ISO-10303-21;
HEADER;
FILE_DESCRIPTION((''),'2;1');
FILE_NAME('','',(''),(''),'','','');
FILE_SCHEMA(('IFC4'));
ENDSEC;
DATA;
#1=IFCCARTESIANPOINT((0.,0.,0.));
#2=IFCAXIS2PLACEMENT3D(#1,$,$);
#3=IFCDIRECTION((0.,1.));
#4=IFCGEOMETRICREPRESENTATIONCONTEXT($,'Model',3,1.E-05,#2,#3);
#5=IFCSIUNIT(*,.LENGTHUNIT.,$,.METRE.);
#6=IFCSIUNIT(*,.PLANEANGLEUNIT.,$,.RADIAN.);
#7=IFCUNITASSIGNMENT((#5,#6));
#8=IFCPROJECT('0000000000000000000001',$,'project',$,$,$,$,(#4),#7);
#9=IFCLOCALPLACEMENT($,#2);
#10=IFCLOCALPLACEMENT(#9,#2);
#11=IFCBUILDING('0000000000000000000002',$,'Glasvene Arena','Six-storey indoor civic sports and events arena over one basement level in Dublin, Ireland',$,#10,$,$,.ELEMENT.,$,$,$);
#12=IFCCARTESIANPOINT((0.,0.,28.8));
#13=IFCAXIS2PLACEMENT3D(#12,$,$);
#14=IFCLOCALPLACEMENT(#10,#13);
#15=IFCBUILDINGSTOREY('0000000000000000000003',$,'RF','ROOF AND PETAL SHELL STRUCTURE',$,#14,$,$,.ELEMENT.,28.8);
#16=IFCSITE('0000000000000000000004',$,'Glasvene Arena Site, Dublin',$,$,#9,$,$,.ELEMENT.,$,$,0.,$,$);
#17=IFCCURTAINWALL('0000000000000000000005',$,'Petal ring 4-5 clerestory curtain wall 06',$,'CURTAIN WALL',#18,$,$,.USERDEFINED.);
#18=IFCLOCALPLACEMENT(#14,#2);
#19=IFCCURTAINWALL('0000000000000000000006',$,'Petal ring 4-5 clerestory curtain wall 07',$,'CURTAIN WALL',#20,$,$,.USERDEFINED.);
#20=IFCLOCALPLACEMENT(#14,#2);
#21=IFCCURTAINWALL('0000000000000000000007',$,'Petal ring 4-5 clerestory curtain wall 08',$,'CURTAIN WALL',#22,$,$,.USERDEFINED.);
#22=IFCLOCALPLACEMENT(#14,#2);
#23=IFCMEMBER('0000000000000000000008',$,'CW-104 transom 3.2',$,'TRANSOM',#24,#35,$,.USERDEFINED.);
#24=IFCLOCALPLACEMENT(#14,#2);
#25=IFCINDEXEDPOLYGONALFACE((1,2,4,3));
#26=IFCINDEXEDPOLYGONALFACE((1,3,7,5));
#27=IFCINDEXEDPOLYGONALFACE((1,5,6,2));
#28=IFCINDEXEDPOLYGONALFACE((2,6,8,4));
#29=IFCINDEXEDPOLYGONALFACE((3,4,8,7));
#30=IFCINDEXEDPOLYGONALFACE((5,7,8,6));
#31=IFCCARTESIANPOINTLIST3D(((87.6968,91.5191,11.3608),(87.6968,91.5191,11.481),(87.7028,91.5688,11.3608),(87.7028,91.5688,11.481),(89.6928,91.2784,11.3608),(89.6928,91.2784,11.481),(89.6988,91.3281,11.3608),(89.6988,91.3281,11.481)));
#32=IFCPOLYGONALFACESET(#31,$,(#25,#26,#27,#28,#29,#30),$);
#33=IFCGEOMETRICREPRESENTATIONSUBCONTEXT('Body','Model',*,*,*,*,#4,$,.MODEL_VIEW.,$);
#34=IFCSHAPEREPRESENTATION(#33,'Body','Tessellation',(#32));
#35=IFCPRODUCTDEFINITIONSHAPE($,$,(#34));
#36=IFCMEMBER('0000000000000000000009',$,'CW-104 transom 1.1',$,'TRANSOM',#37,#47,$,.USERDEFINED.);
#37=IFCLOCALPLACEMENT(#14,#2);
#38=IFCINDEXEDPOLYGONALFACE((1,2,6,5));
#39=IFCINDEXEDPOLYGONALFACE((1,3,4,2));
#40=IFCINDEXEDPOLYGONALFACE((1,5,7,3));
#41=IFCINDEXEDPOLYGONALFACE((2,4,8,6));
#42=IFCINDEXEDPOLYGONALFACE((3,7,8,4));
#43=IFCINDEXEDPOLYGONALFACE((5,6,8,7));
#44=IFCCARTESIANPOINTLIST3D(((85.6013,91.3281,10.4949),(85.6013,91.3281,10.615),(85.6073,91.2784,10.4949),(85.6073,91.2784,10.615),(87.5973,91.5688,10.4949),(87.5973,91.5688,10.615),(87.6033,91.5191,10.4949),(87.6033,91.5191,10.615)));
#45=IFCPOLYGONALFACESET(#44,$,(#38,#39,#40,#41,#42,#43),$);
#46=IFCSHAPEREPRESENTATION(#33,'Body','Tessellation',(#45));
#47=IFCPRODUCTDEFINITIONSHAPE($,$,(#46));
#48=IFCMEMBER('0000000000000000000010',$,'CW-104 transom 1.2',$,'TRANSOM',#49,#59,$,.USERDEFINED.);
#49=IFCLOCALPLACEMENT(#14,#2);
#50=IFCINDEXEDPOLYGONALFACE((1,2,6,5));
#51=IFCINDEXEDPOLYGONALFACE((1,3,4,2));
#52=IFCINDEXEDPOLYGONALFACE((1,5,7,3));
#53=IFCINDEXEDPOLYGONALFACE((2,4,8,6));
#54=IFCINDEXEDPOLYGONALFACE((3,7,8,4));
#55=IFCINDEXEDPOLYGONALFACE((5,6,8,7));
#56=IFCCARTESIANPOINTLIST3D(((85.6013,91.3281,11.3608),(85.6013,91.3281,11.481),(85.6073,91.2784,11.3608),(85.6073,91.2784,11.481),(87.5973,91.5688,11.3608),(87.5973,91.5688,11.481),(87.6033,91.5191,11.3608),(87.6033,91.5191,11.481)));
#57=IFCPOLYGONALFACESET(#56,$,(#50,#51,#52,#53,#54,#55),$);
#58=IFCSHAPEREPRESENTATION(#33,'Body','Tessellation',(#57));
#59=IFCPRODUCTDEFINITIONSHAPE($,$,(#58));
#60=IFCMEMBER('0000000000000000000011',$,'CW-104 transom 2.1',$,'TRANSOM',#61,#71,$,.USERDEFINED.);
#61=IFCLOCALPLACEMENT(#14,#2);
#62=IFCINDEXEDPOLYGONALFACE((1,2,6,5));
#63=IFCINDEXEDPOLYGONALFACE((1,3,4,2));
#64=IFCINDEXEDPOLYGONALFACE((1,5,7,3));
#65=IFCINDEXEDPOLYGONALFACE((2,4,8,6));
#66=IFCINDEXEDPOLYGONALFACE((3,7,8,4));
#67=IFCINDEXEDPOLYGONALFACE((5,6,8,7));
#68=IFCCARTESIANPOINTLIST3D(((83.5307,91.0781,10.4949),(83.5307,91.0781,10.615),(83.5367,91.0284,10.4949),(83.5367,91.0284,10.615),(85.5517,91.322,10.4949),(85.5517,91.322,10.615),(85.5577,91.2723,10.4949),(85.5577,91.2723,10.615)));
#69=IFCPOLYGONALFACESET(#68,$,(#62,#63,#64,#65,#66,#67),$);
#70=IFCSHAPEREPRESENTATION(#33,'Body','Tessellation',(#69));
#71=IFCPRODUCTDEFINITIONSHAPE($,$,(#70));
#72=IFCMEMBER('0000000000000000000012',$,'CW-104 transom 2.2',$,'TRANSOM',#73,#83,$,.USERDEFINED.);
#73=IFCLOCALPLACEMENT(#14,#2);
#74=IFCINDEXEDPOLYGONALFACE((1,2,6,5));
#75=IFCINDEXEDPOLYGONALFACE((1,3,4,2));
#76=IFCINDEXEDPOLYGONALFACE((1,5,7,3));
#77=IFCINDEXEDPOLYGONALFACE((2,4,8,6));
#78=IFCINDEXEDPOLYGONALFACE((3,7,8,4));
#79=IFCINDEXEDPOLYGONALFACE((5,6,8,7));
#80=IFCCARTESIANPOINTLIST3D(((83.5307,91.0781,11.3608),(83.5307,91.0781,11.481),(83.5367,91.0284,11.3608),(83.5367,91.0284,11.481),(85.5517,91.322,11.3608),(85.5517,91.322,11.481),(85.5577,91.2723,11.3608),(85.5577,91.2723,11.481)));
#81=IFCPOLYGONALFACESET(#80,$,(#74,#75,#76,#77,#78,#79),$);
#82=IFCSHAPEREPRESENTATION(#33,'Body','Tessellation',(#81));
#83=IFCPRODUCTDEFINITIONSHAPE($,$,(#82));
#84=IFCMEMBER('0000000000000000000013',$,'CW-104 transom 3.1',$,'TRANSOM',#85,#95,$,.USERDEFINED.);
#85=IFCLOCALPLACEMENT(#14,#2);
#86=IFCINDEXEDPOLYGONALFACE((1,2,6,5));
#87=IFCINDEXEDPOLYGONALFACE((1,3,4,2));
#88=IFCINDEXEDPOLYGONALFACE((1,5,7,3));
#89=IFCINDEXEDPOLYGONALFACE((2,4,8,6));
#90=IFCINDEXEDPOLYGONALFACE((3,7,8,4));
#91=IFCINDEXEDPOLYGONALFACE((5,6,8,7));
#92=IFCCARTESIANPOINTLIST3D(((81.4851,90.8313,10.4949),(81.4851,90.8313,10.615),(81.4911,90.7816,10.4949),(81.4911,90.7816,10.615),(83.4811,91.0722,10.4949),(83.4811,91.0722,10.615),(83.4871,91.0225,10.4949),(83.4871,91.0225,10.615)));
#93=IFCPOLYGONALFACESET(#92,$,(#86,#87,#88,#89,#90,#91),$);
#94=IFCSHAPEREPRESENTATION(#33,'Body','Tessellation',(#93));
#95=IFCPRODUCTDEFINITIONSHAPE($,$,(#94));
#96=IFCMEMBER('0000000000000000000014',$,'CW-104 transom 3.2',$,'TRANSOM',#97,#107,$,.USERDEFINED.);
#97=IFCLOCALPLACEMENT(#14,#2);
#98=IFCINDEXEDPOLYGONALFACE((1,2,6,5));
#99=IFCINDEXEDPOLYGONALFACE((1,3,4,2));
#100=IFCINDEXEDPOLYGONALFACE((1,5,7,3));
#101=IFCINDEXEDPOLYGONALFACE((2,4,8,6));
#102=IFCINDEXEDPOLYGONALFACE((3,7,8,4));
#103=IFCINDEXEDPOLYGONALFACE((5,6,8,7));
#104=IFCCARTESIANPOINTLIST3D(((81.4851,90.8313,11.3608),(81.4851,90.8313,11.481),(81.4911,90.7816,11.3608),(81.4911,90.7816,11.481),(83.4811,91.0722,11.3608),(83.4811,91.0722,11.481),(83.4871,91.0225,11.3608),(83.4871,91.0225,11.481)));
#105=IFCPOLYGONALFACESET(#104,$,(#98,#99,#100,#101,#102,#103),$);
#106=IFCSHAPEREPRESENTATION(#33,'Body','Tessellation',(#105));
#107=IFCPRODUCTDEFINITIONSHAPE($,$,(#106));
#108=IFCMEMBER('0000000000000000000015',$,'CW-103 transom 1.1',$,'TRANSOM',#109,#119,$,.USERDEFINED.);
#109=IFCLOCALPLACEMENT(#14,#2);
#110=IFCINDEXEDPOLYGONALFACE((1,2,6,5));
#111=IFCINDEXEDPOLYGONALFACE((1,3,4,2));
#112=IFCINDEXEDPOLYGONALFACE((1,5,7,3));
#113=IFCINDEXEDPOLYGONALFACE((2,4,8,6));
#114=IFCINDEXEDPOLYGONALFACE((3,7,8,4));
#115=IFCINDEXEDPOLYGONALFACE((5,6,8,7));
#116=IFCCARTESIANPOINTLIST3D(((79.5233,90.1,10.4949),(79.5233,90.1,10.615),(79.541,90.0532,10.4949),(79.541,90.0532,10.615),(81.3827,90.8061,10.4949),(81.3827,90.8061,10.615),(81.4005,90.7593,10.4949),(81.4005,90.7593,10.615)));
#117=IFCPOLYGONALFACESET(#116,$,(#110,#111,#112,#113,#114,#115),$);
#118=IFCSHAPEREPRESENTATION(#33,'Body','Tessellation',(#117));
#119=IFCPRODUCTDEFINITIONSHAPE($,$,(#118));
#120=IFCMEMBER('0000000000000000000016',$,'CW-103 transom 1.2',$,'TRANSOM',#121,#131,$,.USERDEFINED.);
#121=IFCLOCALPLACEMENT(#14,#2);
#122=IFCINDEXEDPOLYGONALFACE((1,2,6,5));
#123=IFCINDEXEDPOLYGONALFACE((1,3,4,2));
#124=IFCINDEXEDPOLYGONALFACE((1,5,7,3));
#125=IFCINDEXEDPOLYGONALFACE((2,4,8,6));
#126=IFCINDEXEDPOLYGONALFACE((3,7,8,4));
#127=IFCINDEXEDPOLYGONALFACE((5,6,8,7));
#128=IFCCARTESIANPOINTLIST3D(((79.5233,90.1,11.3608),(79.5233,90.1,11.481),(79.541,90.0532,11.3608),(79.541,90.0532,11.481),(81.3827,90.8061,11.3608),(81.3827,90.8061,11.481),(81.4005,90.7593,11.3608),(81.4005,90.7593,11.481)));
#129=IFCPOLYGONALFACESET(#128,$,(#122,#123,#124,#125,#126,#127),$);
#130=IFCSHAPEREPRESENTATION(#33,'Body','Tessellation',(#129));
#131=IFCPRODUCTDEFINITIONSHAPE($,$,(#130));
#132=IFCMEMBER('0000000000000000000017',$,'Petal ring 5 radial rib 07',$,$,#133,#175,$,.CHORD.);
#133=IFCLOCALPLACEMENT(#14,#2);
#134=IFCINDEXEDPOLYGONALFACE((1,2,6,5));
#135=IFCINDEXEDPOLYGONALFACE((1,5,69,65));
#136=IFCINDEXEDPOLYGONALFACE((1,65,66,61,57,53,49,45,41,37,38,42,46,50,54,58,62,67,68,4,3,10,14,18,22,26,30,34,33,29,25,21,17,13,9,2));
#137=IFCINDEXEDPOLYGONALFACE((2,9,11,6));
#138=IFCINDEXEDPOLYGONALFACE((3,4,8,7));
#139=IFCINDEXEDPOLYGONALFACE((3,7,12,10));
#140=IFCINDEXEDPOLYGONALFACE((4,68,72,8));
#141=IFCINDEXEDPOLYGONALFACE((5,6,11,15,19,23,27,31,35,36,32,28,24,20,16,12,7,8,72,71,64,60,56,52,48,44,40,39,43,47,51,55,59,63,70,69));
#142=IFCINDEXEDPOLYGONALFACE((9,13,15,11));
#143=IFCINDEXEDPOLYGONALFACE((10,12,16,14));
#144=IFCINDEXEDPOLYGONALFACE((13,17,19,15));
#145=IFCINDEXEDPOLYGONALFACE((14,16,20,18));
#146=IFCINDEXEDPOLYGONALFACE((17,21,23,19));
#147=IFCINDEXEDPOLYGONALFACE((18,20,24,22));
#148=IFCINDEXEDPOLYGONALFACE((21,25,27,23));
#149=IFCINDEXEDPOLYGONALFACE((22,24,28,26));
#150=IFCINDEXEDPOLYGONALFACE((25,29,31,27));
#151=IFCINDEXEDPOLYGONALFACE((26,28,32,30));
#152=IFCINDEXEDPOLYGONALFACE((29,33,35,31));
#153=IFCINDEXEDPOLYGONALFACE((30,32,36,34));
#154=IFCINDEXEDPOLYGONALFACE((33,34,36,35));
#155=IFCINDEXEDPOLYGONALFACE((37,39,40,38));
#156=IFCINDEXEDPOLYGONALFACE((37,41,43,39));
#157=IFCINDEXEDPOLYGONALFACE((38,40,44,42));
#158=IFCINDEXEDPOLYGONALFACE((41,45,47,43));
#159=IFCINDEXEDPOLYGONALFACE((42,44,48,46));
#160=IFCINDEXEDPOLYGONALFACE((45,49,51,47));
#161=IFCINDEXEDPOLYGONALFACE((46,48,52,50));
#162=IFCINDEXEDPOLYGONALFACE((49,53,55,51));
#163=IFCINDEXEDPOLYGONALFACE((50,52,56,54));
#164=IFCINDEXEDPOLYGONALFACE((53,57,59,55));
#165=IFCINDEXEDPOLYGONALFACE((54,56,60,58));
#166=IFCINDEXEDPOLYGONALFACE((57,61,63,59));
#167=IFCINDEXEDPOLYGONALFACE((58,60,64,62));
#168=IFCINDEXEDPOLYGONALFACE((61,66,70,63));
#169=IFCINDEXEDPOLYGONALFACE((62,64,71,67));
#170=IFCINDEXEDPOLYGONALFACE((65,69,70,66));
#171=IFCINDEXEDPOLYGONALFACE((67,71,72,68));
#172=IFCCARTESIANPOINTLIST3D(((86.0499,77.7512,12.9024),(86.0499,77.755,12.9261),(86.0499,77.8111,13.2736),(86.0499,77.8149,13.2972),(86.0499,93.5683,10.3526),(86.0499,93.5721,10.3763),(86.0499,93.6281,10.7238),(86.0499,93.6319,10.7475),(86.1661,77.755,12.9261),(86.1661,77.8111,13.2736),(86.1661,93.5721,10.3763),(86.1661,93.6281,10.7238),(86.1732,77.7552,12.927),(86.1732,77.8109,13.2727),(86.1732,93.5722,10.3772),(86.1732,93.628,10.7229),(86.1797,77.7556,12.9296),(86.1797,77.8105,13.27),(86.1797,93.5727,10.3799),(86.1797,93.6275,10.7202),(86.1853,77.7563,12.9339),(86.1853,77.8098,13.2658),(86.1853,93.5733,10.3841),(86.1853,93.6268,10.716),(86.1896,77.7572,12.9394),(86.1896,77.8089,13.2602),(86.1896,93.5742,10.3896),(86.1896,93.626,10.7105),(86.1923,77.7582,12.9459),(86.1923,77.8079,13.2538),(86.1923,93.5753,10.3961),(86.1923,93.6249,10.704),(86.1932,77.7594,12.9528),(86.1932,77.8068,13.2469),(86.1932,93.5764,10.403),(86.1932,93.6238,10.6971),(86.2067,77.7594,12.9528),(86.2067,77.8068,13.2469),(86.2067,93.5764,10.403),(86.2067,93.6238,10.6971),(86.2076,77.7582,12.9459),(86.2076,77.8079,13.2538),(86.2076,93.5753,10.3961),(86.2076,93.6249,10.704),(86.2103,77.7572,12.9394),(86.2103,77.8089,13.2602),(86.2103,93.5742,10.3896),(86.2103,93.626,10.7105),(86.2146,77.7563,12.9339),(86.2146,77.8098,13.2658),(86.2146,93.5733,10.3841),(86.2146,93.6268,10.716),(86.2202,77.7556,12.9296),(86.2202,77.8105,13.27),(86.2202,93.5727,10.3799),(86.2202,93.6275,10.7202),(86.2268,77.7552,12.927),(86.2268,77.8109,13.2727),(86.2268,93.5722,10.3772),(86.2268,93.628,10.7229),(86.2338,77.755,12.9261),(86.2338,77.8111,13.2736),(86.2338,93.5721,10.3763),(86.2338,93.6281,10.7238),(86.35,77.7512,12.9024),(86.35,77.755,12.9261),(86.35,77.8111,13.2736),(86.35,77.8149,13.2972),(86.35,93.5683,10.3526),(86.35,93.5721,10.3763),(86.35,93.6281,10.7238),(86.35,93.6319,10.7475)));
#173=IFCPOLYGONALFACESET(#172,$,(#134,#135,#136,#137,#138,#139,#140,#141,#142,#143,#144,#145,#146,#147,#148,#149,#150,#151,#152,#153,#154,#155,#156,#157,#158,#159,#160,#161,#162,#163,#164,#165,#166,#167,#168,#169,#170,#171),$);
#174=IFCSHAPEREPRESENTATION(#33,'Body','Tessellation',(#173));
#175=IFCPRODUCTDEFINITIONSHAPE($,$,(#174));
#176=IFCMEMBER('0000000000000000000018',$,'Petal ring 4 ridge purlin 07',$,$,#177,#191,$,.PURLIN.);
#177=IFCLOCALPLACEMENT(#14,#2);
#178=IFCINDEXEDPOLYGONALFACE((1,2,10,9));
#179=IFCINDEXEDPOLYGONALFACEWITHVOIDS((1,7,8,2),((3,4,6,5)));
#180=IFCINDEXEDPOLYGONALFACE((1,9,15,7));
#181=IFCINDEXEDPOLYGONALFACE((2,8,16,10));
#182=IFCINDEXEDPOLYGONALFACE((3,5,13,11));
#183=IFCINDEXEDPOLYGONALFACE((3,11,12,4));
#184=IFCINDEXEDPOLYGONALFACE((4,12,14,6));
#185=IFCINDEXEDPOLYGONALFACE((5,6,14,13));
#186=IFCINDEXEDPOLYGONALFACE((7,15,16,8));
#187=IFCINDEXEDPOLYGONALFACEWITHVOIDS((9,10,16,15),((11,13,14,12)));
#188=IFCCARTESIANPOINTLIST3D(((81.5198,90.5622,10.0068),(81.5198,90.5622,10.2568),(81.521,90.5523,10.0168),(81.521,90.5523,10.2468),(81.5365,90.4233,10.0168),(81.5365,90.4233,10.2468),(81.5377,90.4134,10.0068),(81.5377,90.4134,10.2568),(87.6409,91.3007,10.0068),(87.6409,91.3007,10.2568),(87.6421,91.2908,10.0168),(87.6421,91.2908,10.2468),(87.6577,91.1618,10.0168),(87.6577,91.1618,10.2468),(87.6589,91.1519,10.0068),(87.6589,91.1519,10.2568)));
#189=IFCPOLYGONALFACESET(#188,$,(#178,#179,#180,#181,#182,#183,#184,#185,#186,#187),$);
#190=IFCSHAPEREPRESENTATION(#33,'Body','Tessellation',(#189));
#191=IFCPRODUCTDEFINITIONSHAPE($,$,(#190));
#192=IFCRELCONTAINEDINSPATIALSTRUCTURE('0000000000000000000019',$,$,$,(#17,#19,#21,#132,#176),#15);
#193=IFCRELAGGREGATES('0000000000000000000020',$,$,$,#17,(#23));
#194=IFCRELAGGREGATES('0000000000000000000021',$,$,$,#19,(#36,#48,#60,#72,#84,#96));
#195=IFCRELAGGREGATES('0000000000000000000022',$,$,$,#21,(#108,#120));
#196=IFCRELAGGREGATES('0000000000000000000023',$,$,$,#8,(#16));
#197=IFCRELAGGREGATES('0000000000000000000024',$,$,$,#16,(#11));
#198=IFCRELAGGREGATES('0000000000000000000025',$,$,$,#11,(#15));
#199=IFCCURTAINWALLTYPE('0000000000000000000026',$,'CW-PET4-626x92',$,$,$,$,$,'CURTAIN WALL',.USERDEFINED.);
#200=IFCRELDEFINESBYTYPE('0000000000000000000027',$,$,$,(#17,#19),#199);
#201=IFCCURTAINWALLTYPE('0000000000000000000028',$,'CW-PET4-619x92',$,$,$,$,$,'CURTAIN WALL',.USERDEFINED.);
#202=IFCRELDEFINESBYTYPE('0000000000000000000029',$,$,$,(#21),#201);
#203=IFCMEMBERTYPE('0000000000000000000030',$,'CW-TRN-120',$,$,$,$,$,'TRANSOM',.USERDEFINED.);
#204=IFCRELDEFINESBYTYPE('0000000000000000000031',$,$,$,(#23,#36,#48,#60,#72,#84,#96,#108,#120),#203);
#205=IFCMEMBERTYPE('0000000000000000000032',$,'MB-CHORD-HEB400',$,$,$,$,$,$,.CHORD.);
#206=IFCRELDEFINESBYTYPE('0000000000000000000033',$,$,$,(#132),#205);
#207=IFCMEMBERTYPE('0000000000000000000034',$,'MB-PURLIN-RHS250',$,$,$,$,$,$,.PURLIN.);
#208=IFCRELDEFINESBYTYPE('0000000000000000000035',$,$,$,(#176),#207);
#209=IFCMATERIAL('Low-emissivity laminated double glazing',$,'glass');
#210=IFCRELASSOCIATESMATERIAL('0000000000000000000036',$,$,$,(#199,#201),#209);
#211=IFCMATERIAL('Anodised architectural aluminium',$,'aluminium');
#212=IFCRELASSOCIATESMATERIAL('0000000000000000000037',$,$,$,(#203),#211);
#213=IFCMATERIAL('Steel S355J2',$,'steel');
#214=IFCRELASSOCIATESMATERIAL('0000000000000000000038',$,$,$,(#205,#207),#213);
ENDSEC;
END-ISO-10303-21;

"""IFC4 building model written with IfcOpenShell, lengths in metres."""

from ifc_helpers import new_model, si_unit, direction, frame, origin, origin_2d, place, context, subcontext, project, spatial, rectangle, hollow_rectangle, i_section, extrude, material, material_profile, profile_set, type_object, element, aggregate, save


model = new_model("IFC4")

# Units and contexts
model_context = context("Model", 3, precision=1e-05, world=origin(), true_north=direction((0.0, 1.0)))
body_context = subcontext(model_context, "Body", "Model", "MODEL_VIEW")
ifc_project = project(units=[si_unit("LENGTHUNIT", "METRE"), si_unit("PLANEANGLEUNIT", "RADIAN")], contexts=[model_context])

# Site, building, storey
site_placement = place(None, origin())
site = spatial("IfcSite", under=ifc_project, at=site_placement, Name="Glasvene Arena Site, Dublin", CompositionType="ELEMENT", RefElevation=0.0)
building_placement = place(site_placement, origin())
building = spatial("IfcBuilding", under=site, at=building_placement, Name="Glasvene Arena", Description="Six-storey indoor civic sports and events arena over one basement level in Dublin, Ireland", CompositionType="ELEMENT")
storey_placement = place(building_placement, frame((0.0, 0.0, 28.8)))
storey = spatial("IfcBuildingStorey", under=building, at=storey_placement, Name="RF", Description="ROOF AND PETAL SHELL STRUCTURE", CompositionType="ELEMENT", Elevation=28.8)

# Curtain walls
ifc_material_1 = material(Name="Low-emissivity laminated double glazing", Category="glass")
curtain_wall_type_1 = type_object("IfcCurtainWallType", Name="CW-PET4-626x92", ElementType="CURTAIN WALL", PredefinedType="USERDEFINED", material=ifc_material_1)
curtain_wall_1_placement = place(storey_placement, frame((93.8618, 90.8003, 0.0)))
curtain_wall_1 = element("IfcCurtainWall", 1, at=curtain_wall_1_placement, inside=storey, type_object=curtain_wall_type_1, Name="Petal ring 4-5 clerestory curtain wall 06", ObjectType="CURTAIN WALL", PredefinedType="USERDEFINED")
ifc_material_2 = material(Name="Anodised architectural aluminium", Category="aluminium")
curtain_wall_2_placement = place(storey_placement, frame((87.6499, 91.55, 0.0)))
curtain_wall_2 = element("IfcCurtainWall", 2, at=curtain_wall_2_placement, inside=storey, type_object=curtain_wall_type_1, Name="Petal ring 4-5 clerestory curtain wall 07", ObjectType="CURTAIN WALL", PredefinedType="USERDEFINED")

# Curtain wall
curtain_wall_type_2 = type_object("IfcCurtainWallType", Name="CW-PET4-619x92", ElementType="CURTAIN WALL", PredefinedType="USERDEFINED", material=ifc_material_1)
curtain_wall_3_placement = place(storey_placement, frame((81.4382, 90.8003, 0.0)))
curtain_wall_3 = element("IfcCurtainWall", 3, at=curtain_wall_3_placement, inside=storey, type_object=curtain_wall_type_2, Name="Petal ring 4-5 clerestory curtain wall 08", ObjectType="CURTAIN WALL", PredefinedType="USERDEFINED")
ifc_material_profile_1 = material_profile(ifc_material_2, rectangle(XDim=0.05, YDim=0.1201, at=origin_2d()), Name="ALU TRANSOM 50x120")
ifc_profile_set_1 = profile_set([ifc_material_profile_1], Name="Anodised architectural aluminium")
member_type_1 = type_object("IfcMemberType", Name="CW-TRN-120", ElementType="TRANSOM", PredefinedType="USERDEFINED", material=ifc_profile_set_1)

# Members
member_1_placement = place(storey_placement, frame((89.6958, 91.3032, 11.4209), z_axis=(-0.992807, 0.119729, 0.0), x_axis=(-0.119729, -0.992807, 0.0)))
member_1 = element("IfcMember", 4, at=member_1_placement, type_object=member_type_1, Name="CW-104 transom 3.2", ObjectType="TRANSOM", PredefinedType="USERDEFINED", context=body_context, shape_type="SweptSolid", body=[
    extrude(rectangle(XDim=0.05, YDim=0.1201, at=origin_2d()), origin(), (0.0, 0.0, 1.0), 2.0105),
])
member_2_placement = place(storey_placement, frame((87.6003, 91.5439, 10.5549), z_axis=(-0.992807, -0.119729, 0.0), x_axis=(0.119729, -0.992807, 0.0)))
member_2 = element("IfcMember", 5, at=member_2_placement, type_object=member_type_1, Name="CW-104 transom 1.1", ObjectType="TRANSOM", PredefinedType="USERDEFINED", context=body_context, shape_type="SweptSolid", body=[
    extrude(rectangle(XDim=0.05, YDim=0.1201, at=origin_2d()), origin(), (0.0, 0.0, 1.0), 2.0105),
])
member_3_placement = place(storey_placement, frame((87.6003, 91.5439, 11.4209), z_axis=(-0.992807, -0.119729, 0.0), x_axis=(0.119729, -0.992807, 0.0)))
member_3 = element("IfcMember", 6, at=member_3_placement, type_object=member_type_1, Name="CW-104 transom 1.2", ObjectType="TRANSOM", PredefinedType="USERDEFINED", context=body_context, shape_type="SweptSolid", body=[
    extrude(rectangle(XDim=0.05, YDim=0.1201, at=origin_2d()), origin(), (0.0, 0.0, 1.0), 2.0105),
])
member_4_placement = place(storey_placement, frame((85.5547, 91.2971, 10.5549), z_axis=(-0.992797, -0.119812, 0.0), x_axis=(0.119812, -0.992797, 0.0)))
member_4 = element("IfcMember", 7, at=member_4_placement, type_object=member_type_1, Name="CW-104 transom 2.1", ObjectType="TRANSOM", PredefinedType="USERDEFINED", context=body_context, shape_type="SweptSolid", body=[
    extrude(rectangle(XDim=0.05, YDim=0.1201, at=origin_2d()), origin(), (0.0, 0.0, 1.0), 2.0356),
])
member_5_placement = place(storey_placement, frame((85.5547, 91.2971, 11.4209), z_axis=(-0.992797, -0.119812, 0.0), x_axis=(0.119812, -0.992797, 0.0)))
member_5 = element("IfcMember", 8, at=member_5_placement, type_object=member_type_1, Name="CW-104 transom 2.2", ObjectType="TRANSOM", PredefinedType="USERDEFINED", context=body_context, shape_type="SweptSolid", body=[
    extrude(rectangle(XDim=0.05, YDim=0.1201, at=origin_2d()), origin(), (0.0, 0.0, 1.0), 2.0356),
])
member_6_placement = place(storey_placement, frame((83.4841, 91.0474, 10.5549), z_axis=(-0.992792, -0.119849, 0.0), x_axis=(0.119849, -0.992792, 0.0)))
member_6 = element("IfcMember", 9, at=member_6_placement, type_object=member_type_1, Name="CW-104 transom 3.1", ObjectType="TRANSOM", PredefinedType="USERDEFINED", context=body_context, shape_type="SweptSolid", body=[
    extrude(rectangle(XDim=0.05, YDim=0.1201, at=origin_2d()), origin(), (0.0, 0.0, 1.0), 2.0105),
])
member_7_placement = place(storey_placement, frame((83.4841, 91.0474, 11.4209), z_axis=(-0.992792, -0.119849, 0.0), x_axis=(0.119849, -0.992792, 0.0)))
member_7 = element("IfcMember", 10, at=member_7_placement, type_object=member_type_1, Name="CW-104 transom 3.2", ObjectType="TRANSOM", PredefinedType="USERDEFINED", context=body_context, shape_type="SweptSolid", body=[
    extrude(rectangle(XDim=0.05, YDim=0.1201, at=origin_2d()), origin(), (0.0, 0.0, 1.0), 2.0105),
])
member_8_placement = place(storey_placement, frame((81.3916, 90.7827, 10.5549), z_axis=(-0.934868, -0.354995, 0.0), x_axis=(0.354995, -0.934868, 0.0)))
member_8 = element("IfcMember", 11, at=member_8_placement, type_object=member_type_1, Name="CW-103 transom 1.1", ObjectType="TRANSOM", PredefinedType="USERDEFINED", context=body_context, shape_type="SweptSolid", body=[
    extrude(rectangle(XDim=0.05, YDim=0.1201, at=origin_2d()), origin(), (0.0, 0.0, 1.0), 1.989),
])
member_9_placement = place(storey_placement, frame((81.3916, 90.7827, 11.4209), z_axis=(-0.934868, -0.354995, 0.0), x_axis=(0.354995, -0.934868, 0.0)))
member_9 = element("IfcMember", 12, at=member_9_placement, type_object=member_type_1, Name="CW-103 transom 1.2", ObjectType="TRANSOM", PredefinedType="USERDEFINED", context=body_context, shape_type="SweptSolid", body=[
    extrude(rectangle(XDim=0.05, YDim=0.1201, at=origin_2d()), origin(), (0.0, 0.0, 1.0), 1.989),
])

# Members
ifc_material_3 = material(Name="Steel S355J2", Category="steel")
ifc_material_profile_2 = material_profile(ifc_material_3, i_section(OverallWidth=0.3, OverallDepth=0.3999, WebThickness=0.0134, FlangeThickness=0.0239, FilletRadius=0.0271, at=origin_2d()), Name="HEB 400")
ifc_profile_set_2 = profile_set([ifc_material_profile_2], Name="Steel S355J2")
member_type_2 = type_object("IfcMemberType", Name="MB-CHORD-HEB400", PredefinedType="CHORD", material=ifc_profile_set_2)
member_10_placement = place(storey_placement, frame((86.2, 93.6001, 10.55), z_axis=(0.0, -0.987254, 0.159151), x_axis=(1.0, 0.0, 0.0)))
element("IfcMember", 13, at=member_10_placement, inside=storey, type_object=member_type_2, Name="Petal ring 5 radial rib 07", PredefinedType="CHORD", context=body_context, shape_type="SweptSolid", body=[
    extrude(i_section(OverallWidth=0.3, OverallDepth=0.3999, WebThickness=0.0134, FlangeThickness=0.0239, FilletRadius=0.0271, at=origin_2d()), origin(), (0.0, 0.0, 1.0), 16.0212),
])
ifc_material_profile_3 = material_profile(ifc_material_3, hollow_rectangle(XDim=0.1499, YDim=0.25, WallThickness=0.01, at=origin_2d()), Name="RHS 250x150x10.0")
ifc_profile_set_3 = profile_set([ifc_material_profile_3], Name="Steel S355J2")
member_type_3 = type_object("IfcMemberType", Name="MB-PURLIN-RHS250", PredefinedType="PURLIN", material=ifc_profile_set_3)
member_11_placement = place(storey_placement, frame((87.6499, 91.2263, 10.1318), z_axis=(-0.9928, -0.119784, 0.0), x_axis=(0.119784, -0.9928, 0.0)))
element("IfcMember", 14, at=member_11_placement, inside=storey, type_object=member_type_3, Name="Petal ring 4 ridge purlin 07", PredefinedType="PURLIN", context=body_context, shape_type="SweptSolid", body=[
    extrude(hollow_rectangle(XDim=0.1499, YDim=0.25, WallThickness=0.01, at=origin_2d()), origin(), (0.0, 0.0, 1.0), 6.1655),
])

aggregate(curtain_wall_1, [member_1])
aggregate(curtain_wall_2, [member_2, member_3, member_4, member_5, member_6, member_7])
aggregate(curtain_wall_3, [member_8, member_9])

save(model, "model.ifc")
